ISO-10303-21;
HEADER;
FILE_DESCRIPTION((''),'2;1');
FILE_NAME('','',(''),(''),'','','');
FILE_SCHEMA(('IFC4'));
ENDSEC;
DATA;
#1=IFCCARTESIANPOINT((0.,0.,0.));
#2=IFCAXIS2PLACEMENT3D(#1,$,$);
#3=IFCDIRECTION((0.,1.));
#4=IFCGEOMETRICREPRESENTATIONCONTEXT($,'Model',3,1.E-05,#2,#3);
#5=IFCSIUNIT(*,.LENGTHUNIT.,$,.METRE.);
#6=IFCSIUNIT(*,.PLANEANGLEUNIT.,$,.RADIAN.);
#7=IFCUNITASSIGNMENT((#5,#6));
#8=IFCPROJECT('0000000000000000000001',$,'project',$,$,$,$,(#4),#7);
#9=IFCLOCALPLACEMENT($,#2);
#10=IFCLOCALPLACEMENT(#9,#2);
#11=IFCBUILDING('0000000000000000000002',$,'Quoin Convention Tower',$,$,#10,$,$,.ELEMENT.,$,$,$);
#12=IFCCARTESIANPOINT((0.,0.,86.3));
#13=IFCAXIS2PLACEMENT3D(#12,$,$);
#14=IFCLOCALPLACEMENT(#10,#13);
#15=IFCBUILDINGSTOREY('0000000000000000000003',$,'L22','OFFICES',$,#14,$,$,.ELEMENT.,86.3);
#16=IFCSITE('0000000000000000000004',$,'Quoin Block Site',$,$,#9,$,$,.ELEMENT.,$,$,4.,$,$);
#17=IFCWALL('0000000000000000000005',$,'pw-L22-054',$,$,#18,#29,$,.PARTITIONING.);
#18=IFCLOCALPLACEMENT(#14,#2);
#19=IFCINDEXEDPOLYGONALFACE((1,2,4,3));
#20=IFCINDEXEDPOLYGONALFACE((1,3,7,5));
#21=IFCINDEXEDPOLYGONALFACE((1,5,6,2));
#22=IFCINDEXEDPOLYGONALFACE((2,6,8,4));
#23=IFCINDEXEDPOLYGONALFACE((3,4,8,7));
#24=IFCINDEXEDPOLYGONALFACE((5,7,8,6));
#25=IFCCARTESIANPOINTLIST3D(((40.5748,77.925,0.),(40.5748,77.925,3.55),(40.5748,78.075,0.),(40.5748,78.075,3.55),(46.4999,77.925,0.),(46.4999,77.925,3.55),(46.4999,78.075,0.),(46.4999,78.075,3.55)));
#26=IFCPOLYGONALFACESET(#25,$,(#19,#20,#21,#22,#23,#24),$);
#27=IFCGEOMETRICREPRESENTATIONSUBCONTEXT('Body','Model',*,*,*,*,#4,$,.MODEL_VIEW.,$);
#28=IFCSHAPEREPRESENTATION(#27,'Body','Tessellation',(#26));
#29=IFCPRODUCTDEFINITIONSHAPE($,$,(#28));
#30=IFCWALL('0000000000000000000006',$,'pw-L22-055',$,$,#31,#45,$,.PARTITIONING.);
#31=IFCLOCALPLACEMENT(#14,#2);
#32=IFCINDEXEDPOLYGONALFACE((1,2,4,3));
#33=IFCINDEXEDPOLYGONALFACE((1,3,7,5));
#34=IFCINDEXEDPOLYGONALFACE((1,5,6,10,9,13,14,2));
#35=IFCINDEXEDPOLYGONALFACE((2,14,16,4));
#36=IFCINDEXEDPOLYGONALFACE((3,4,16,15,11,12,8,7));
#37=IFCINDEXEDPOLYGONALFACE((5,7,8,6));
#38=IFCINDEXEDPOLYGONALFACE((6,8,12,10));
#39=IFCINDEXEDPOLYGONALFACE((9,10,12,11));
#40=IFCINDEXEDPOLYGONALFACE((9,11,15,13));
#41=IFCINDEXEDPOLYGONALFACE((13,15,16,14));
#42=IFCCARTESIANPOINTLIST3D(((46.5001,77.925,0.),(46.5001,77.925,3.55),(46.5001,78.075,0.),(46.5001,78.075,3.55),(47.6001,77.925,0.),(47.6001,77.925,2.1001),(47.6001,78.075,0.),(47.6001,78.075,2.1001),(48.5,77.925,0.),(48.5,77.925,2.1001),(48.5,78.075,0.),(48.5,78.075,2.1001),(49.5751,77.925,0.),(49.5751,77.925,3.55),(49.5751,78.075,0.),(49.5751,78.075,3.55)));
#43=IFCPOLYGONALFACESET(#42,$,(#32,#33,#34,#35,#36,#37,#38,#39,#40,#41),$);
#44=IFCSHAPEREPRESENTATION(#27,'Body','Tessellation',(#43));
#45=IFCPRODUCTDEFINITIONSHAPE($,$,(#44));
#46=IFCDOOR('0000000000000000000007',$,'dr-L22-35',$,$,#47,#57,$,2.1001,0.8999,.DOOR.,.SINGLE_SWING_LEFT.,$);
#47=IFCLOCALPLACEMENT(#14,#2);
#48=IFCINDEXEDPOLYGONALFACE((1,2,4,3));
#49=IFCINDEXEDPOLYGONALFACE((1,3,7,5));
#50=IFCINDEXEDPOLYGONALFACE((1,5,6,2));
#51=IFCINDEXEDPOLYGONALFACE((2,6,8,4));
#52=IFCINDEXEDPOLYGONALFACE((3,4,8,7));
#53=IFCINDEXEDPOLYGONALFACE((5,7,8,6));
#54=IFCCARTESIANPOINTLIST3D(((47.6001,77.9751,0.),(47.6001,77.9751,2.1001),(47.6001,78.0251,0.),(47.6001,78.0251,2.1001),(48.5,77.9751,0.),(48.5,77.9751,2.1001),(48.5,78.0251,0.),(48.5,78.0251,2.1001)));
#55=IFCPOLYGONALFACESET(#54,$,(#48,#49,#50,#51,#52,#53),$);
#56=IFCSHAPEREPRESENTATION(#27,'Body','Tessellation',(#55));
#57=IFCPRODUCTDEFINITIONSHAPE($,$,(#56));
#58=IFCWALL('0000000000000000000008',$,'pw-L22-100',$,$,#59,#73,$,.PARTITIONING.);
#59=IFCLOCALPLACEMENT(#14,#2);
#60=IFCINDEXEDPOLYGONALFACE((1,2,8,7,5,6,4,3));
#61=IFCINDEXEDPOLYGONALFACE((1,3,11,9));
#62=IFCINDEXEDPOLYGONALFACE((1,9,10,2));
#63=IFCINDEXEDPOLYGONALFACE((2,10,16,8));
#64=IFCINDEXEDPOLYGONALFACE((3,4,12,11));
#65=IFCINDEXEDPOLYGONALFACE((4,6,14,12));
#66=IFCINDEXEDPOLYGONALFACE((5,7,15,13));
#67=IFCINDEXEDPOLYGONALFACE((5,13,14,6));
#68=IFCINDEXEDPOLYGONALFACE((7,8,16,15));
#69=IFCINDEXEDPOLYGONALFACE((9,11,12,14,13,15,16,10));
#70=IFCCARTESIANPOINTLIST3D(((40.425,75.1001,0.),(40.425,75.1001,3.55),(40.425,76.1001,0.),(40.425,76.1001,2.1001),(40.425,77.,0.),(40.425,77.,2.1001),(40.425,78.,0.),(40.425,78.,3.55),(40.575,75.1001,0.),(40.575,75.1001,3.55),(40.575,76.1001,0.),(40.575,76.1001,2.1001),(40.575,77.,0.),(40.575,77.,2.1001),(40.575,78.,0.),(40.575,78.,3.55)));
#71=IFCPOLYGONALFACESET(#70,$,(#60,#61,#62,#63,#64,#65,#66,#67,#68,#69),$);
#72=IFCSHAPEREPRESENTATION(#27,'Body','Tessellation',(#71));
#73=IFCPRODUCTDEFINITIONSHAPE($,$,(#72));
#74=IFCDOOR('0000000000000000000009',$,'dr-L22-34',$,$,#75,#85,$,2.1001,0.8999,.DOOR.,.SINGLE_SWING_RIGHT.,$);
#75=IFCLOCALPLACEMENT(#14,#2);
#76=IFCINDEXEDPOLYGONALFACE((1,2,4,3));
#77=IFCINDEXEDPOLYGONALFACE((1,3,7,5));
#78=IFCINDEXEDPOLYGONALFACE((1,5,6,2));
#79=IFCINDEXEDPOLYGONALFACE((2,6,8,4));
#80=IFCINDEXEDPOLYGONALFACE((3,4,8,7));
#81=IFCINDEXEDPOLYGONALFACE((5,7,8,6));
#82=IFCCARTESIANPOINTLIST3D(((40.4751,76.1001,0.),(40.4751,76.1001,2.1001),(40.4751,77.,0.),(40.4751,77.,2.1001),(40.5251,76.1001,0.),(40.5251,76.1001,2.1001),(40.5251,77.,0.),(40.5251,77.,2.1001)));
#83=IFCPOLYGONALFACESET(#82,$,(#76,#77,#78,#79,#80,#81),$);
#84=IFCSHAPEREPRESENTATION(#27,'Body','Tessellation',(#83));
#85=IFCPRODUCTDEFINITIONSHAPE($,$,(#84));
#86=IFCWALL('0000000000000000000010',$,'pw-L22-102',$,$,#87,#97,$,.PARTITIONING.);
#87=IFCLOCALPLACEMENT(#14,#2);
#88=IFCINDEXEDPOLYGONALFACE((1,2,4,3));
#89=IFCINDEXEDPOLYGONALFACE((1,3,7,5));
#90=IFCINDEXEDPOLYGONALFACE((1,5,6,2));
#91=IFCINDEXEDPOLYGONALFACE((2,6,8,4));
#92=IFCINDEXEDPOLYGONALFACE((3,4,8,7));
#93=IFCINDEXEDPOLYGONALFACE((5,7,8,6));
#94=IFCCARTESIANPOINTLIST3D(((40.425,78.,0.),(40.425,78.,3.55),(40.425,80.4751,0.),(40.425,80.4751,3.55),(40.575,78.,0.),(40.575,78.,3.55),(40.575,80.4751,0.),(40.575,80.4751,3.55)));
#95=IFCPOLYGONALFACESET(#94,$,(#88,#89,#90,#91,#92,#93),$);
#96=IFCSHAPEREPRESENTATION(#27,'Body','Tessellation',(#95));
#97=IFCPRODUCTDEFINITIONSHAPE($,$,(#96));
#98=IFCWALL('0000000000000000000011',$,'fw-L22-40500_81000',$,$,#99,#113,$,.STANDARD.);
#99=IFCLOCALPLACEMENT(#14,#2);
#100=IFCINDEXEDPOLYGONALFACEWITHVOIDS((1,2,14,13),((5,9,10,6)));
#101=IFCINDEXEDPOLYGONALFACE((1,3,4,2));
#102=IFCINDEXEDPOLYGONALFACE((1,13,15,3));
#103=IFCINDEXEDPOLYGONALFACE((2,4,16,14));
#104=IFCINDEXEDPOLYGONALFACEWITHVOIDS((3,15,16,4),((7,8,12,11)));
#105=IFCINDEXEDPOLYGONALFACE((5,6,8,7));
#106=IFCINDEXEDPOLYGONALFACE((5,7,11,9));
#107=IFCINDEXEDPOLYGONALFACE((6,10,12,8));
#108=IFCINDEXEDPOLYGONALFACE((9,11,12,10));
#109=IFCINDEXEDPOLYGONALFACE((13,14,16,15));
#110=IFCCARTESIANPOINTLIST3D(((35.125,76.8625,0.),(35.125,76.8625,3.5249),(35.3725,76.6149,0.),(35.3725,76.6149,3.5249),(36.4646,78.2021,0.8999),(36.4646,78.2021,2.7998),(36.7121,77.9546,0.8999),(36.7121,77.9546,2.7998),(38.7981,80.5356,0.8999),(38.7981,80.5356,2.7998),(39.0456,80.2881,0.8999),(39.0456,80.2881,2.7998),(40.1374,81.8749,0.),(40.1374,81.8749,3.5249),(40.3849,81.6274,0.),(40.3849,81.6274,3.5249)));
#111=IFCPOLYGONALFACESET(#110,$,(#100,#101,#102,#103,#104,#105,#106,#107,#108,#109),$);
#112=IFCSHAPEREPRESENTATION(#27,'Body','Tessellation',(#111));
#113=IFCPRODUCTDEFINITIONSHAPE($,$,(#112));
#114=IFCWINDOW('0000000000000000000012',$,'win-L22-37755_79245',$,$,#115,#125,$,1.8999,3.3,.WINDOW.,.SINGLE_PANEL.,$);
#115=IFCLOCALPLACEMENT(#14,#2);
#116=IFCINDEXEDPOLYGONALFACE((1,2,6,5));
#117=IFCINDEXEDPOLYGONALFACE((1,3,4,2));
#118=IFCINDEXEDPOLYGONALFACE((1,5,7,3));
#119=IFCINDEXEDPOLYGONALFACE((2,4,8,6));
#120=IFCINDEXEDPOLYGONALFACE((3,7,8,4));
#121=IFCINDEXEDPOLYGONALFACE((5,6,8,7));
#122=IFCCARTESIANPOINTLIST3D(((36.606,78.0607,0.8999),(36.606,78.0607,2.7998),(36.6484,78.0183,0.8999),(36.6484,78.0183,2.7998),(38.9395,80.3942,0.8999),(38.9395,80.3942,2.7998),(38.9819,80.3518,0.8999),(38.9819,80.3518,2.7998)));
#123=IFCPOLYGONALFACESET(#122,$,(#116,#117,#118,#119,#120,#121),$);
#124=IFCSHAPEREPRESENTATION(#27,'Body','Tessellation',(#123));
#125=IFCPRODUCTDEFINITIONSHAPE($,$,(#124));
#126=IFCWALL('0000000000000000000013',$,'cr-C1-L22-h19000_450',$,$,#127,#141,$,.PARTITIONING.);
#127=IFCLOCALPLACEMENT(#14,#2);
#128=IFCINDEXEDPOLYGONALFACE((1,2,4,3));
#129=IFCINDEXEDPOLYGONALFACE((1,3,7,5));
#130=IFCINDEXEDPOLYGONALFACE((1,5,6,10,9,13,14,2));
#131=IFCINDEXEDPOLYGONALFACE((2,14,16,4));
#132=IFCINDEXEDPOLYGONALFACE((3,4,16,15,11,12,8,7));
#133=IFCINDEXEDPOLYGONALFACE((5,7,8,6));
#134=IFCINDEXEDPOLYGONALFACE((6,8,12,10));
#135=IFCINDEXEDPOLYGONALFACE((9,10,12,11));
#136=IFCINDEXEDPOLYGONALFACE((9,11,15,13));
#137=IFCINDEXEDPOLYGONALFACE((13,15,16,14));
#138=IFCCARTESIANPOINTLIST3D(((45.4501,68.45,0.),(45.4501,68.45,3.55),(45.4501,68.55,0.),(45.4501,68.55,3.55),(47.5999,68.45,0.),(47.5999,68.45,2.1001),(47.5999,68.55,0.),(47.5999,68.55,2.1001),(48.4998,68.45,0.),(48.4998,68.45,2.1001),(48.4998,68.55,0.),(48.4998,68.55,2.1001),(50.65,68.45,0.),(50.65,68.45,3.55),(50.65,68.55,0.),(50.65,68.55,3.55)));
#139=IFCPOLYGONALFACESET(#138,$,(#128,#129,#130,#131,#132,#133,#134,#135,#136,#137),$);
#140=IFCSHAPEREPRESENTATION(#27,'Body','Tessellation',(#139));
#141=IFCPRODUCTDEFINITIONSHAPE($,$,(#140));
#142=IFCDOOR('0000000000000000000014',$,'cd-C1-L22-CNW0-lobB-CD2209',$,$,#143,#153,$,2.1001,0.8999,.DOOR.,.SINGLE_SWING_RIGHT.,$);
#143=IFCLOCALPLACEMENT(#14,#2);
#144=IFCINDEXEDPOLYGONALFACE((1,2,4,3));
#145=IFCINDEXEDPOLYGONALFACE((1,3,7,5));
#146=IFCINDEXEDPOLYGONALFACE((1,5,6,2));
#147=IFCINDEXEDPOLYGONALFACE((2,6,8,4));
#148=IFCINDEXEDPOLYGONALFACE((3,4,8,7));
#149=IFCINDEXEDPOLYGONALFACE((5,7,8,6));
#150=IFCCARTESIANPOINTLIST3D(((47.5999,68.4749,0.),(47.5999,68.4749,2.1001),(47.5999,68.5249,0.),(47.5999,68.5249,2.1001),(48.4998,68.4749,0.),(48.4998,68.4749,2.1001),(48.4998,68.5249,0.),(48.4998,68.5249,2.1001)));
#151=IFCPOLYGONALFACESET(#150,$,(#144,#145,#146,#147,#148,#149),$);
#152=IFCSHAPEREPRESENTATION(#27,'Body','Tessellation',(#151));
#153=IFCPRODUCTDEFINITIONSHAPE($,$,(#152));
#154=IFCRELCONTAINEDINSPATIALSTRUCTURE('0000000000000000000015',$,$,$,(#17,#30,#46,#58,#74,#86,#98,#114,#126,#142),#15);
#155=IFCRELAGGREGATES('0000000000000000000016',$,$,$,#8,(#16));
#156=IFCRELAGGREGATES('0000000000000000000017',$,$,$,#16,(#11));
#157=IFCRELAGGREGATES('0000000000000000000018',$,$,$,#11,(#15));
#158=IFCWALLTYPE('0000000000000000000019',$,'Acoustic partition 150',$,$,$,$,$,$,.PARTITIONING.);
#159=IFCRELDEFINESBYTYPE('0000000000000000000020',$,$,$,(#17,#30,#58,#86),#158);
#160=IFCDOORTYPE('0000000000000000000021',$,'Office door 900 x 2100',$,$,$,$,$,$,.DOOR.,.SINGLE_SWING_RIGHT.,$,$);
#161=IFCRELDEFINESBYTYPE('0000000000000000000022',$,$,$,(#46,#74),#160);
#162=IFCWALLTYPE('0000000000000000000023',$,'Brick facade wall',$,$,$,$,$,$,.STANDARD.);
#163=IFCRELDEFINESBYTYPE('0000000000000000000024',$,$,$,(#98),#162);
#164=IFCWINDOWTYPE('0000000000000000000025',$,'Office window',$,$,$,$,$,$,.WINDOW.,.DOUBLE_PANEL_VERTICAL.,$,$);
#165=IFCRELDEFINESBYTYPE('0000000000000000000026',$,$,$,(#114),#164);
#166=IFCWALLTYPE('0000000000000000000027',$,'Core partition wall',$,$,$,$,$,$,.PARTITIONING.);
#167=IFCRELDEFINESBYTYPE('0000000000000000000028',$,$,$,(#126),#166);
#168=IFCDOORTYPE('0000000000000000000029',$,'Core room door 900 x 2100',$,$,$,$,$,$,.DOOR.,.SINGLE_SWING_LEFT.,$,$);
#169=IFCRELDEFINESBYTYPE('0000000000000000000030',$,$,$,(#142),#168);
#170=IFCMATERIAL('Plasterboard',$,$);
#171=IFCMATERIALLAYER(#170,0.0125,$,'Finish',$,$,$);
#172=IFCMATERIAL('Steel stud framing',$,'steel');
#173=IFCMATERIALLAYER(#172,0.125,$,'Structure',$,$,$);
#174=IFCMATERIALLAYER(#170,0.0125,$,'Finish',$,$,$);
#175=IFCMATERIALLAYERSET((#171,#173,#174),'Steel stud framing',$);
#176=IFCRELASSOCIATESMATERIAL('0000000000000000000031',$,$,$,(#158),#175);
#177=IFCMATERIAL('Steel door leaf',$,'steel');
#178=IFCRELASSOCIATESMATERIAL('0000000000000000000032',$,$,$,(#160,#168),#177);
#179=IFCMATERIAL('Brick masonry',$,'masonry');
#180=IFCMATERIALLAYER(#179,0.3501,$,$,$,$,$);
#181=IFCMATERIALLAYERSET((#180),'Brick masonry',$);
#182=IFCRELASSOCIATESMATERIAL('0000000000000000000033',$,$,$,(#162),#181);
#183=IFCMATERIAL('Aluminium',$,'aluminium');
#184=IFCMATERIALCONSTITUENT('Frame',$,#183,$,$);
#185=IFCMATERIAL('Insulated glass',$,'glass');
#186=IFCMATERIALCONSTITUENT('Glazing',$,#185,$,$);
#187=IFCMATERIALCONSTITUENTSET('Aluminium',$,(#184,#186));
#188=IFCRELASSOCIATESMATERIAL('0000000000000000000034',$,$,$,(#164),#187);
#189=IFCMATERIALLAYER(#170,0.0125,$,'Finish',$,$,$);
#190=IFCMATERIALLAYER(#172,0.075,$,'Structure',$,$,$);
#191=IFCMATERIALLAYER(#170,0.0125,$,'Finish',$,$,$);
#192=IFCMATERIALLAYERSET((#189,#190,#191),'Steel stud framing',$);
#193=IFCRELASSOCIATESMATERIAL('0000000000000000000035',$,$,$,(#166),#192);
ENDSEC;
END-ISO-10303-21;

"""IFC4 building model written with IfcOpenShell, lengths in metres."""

from ifc_helpers import new_model, si_unit, direction, frame, frame_2d, origin, place, context, subcontext, project, spatial, rectangle, extrude, material, layer, layer_set, constituent, constituent_set, type_object, element, fill, save


model = new_model("IFC4")

# Units and contexts
model_context = context("Model", 3, precision=1e-05, world=origin(), true_north=direction((0.0, 1.0)))
body_context = subcontext(model_context, "Body", "Model", "MODEL_VIEW")
ifc_project = project(units=[si_unit("LENGTHUNIT", "METRE"), si_unit("PLANEANGLEUNIT", "RADIAN")], contexts=[model_context])

# Site, building, storey
site_placement = place(None, origin())
site = spatial("IfcSite", under=ifc_project, at=site_placement, Name="Quoin Block Site", CompositionType="ELEMENT", RefElevation=4.0)
building_placement = place(site_placement, origin())
building = spatial("IfcBuilding", under=site, at=building_placement, Name="Quoin Convention Tower", CompositionType="ELEMENT")
storey_placement = place(building_placement, frame((0.0, 0.0, 86.3)))
storey = spatial("IfcBuildingStorey", under=building, at=storey_placement, Name="L22", Description="OFFICES", CompositionType="ELEMENT", Elevation=86.3)

# Wall
ifc_material_1 = material(Name="Plasterboard")
ifc_layer_1 = layer(ifc_material_1, 0.0125, Name="Finish")
ifc_material_2 = material(Name="Steel stud framing", Category="steel")
ifc_layer_2 = layer(ifc_material_2, 0.125, Name="Structure")
ifc_layer_3 = layer(ifc_material_1, 0.0125, Name="Finish")
ifc_layer_set_1 = layer_set([ifc_layer_1, ifc_layer_2, ifc_layer_3], Name="Steel stud framing")
wall_type_1 = type_object("IfcWallType", Name="Acoustic partition 150", PredefinedType="PARTITIONING", material=ifc_layer_set_1)
wall_1_placement = place(storey_placement, frame((40.575, 78.0, 0.0), z_axis=(0.0, 0.0, 1.0), x_axis=(1.0, 0.0, 0.0)))
element("IfcWall", 1, at=wall_1_placement, inside=storey, type_object=wall_type_1, Name="pw-L22-054", PredefinedType="PARTITIONING", context=body_context, shape_type="SweptSolid", body=[
    extrude(rectangle(XDim=5.925, YDim=0.1499, at=frame_2d((2.9624, 0.0))), origin(), (0.0, 0.0, 1.0), 3.55),
])

# Walls, openings, doors
wall_2_placement = place(storey_placement, frame((46.5, 78.0, 0.0), z_axis=(0.0, 0.0, 1.0), x_axis=(1.0, 0.0, 0.0)))
wall_2 = element("IfcWall", 2, at=wall_2_placement, inside=storey, type_object=wall_type_1, Name="pw-L22-055", PredefinedType="PARTITIONING", context=body_context, shape_type="SweptSolid", body=[
    extrude(rectangle(XDim=3.075, YDim=0.1499, at=frame_2d((1.5376, 0.0))), origin(), (0.0, 0.0, 1.0), 3.55),
])
opening_1_placement = place(wall_2_placement, frame((1.1001, 0.0, 0.0)))
opening_1 = element("IfcOpeningElement", 3, at=opening_1_placement, cuts=wall_2, PredefinedType="OPENING", context=body_context, shape_type="SweptSolid", body=[
    extrude(rectangle(XDim=0.8999, YDim=2.1001, at=frame_2d((0.45, 1.05))), frame((0.0, 0.085, 0.0), z_axis=(0.0, -1.0, 0.0), x_axis=(1.0, 0.0, 0.0)), (0.0, 0.0, 1.0), 0.1699),
])
ifc_material_3 = material(Name="Steel door leaf", Category="steel")
door_type_1 = type_object("IfcDoorType", Name="Office door 900 x 2100", OperationType="SINGLE_SWING_RIGHT", PredefinedType="DOOR", material=ifc_material_3)
door_1_placement = place(opening_1_placement, frame((0.8999, 0.0, 0.0), z_axis=(0.0, 0.0, 1.0), x_axis=(-1.0, 0.0, 0.0)))
door_1 = element("IfcDoor", 4, at=door_1_placement, inside=storey, type_object=door_type_1, Name="dr-L22-35", OperationType="SINGLE_SWING_LEFT", OverallHeight=2.1001, OverallWidth=0.8999, PredefinedType="DOOR", context=body_context, shape_type="SweptSolid", body=[
    extrude(rectangle(XDim=0.8999, YDim=2.1001, at=frame_2d((0.45, 1.05))), frame((0.0, 0.0249, 0.0), z_axis=(0.0, -1.0, 0.0), x_axis=(1.0, 0.0, 0.0)), (0.0, 0.0, 1.0), 0.05),
])
fill(opening_1, door_1)
wall_3_placement = place(storey_placement, frame((40.5, 75.1001, 0.0), z_axis=(0.0, 0.0, 1.0), x_axis=(0.0, 1.0, 0.0)))
wall_3 = element("IfcWall", 5, at=wall_3_placement, inside=storey, type_object=wall_type_1, Name="pw-L22-100", PredefinedType="PARTITIONING", context=body_context, shape_type="SweptSolid", body=[
    extrude(rectangle(XDim=2.8999, YDim=0.1499, at=frame_2d((1.45, 0.0))), origin(), (0.0, 0.0, 1.0), 3.55),
])
opening_2_placement = place(wall_3_placement, frame((1.0, 0.0, 0.0)))
opening_2 = element("IfcOpeningElement", 6, at=opening_2_placement, cuts=wall_3, PredefinedType="OPENING", context=body_context, shape_type="SweptSolid", body=[
    extrude(rectangle(XDim=0.8999, YDim=2.1001, at=frame_2d((0.45, 1.05))), frame((0.0, 0.085, 0.0), z_axis=(0.0, -1.0, 0.0), x_axis=(1.0, 0.0, 0.0)), (0.0, 0.0, 1.0), 0.1699),
])
door_2_placement = place(opening_2_placement, origin())
door_2 = element("IfcDoor", 7, at=door_2_placement, inside=storey, type_object=door_type_1, Name="dr-L22-34", OperationType="SINGLE_SWING_RIGHT", OverallHeight=2.1001, OverallWidth=0.8999, PredefinedType="DOOR", context=body_context, shape_type="SweptSolid", body=[
    extrude(rectangle(XDim=0.8999, YDim=2.1001, at=frame_2d((0.45, 1.05))), frame((0.0, 0.0249, 0.0), z_axis=(0.0, -1.0, 0.0), x_axis=(1.0, 0.0, 0.0)), (0.0, 0.0, 1.0), 0.05),
])
fill(opening_2, door_2)

# Wall
wall_4_placement = place(storey_placement, frame((40.5, 78.0, 0.0), z_axis=(0.0, 0.0, 1.0), x_axis=(0.0, 1.0, 0.0)))
element("IfcWall", 8, at=wall_4_placement, inside=storey, type_object=wall_type_1, Name="pw-L22-102", PredefinedType="PARTITIONING", context=body_context, shape_type="SweptSolid", body=[
    extrude(rectangle(XDim=2.4751, YDim=0.1499, at=frame_2d((1.2375, 0.0))), origin(), (0.0, 0.0, 1.0), 3.55),
])

# Wall, opening, window
ifc_material_4 = material(Name="Brick masonry", Category="masonry")
ifc_layer_4 = layer(ifc_material_4, 0.3501)
ifc_layer_set_2 = layer_set([ifc_layer_4], Name="Brick masonry")
wall_type_2 = type_object("IfcWallType", Name="Brick facade wall", PredefinedType="STANDARD", material=ifc_layer_set_2)
wall_5_placement = place(storey_placement, frame((40.2612, 81.7512, 0.0), z_axis=(0.0, 0.0, 1.0), x_axis=(-0.707107, -0.707107, 0.0)))
wall_5 = element("IfcWall", 9, at=wall_5_placement, inside=storey, type_object=wall_type_2, Name="fw-L22-40500_81000", PredefinedType="STANDARD", context=body_context, shape_type="SweptSolid", body=[
    extrude(rectangle(XDim=7.0886, YDim=0.3501, at=frame_2d((3.5444, 0.0))), origin(), (0.0, 0.0, 1.0), 3.5249),
])
opening_3_placement = place(wall_5_placement, frame((1.8943, 0.0, 0.8999)))
opening_3 = element("IfcOpeningElement", 10, at=opening_3_placement, cuts=wall_5, PredefinedType="OPENING", context=body_context, shape_type="SweptSolid", body=[
    extrude(rectangle(XDim=3.3, YDim=1.8999, at=frame_2d((1.6499, 0.95))), frame((0.0, 0.1851, 0.0), z_axis=(0.0, -1.0, 0.0), x_axis=(1.0, 0.0, 0.0)), (0.0, 0.0, 1.0), 0.3701),
])
ifc_material_5 = material(Name="Aluminium", Category="aluminium")
ifc_constituent_1 = constituent(ifc_material_5, Name="Frame")
ifc_material_6 = material(Name="Insulated glass", Category="glass")
ifc_constituent_2 = constituent(ifc_material_6, Name="Glazing")
ifc_constituent_set = constituent_set(constituents=[ifc_constituent_1, ifc_constituent_2], Name="Aluminium")
window_type = type_object("IfcWindowType", Name="Office window", PartitioningType="DOUBLE_PANEL_VERTICAL", PredefinedType="WINDOW", material=ifc_constituent_set)
window_placement = place(opening_3_placement, origin())
window = element("IfcWindow", 11, at=window_placement, inside=storey, type_object=window_type, Name="win-L22-37755_79245", OverallHeight=1.8999, OverallWidth=3.3, PartitioningType="SINGLE_PANEL", PredefinedType="WINDOW", context=body_context, shape_type="SweptSolid", body=[
    extrude(rectangle(XDim=3.3, YDim=1.8999, at=frame_2d((1.6499, 0.95))), frame((0.0, 0.085, 0.0), z_axis=(0.0, -1.0, 0.0), x_axis=(1.0, 0.0, 0.0)), (0.0, 0.0, 1.0), 0.0601),
])
fill(opening_3, window)

# Wall, opening, door
ifc_layer_5 = layer(ifc_material_1, 0.0125, Name="Finish")
ifc_layer_6 = layer(ifc_material_2, 0.075, Name="Structure")
ifc_layer_7 = layer(ifc_material_1, 0.0125, Name="Finish")
ifc_layer_set_3 = layer_set([ifc_layer_5, ifc_layer_6, ifc_layer_7], Name="Steel stud framing")
wall_type_3 = type_object("IfcWallType", Name="Core partition wall", PredefinedType="PARTITIONING", material=ifc_layer_set_3)
wall_6_placement = place(storey_placement, frame((45.45, 68.5, 0.0), z_axis=(0.0, 0.0, 1.0), x_axis=(1.0, 0.0, 0.0)))
wall_6 = element("IfcWall", 12, at=wall_6_placement, inside=storey, type_object=wall_type_3, Name="cr-C1-L22-h19000_450", PredefinedType="PARTITIONING", context=body_context, shape_type="SweptSolid", body=[
    extrude(rectangle(XDim=5.2, YDim=0.1001, at=frame_2d((2.6001, 0.0))), origin(), (0.0, 0.0, 1.0), 3.55),
])
opening_4_placement = place(wall_6_placement, frame((2.1499, 0.0, 0.0)))
opening_4 = element("IfcOpeningElement", 13, at=opening_4_placement, cuts=wall_6, PredefinedType="OPENING", context=body_context, shape_type="SweptSolid", body=[
    extrude(rectangle(XDim=0.8999, YDim=2.1001, at=frame_2d((0.45, 1.05))), frame((0.0, 0.0601, 0.0), z_axis=(0.0, -1.0, 0.0), x_axis=(1.0, 0.0, 0.0)), (0.0, 0.0, 1.0), 0.1201),
])
door_type_2 = type_object("IfcDoorType", Name="Core room door 900 x 2100", OperationType="SINGLE_SWING_LEFT", PredefinedType="DOOR", material=ifc_material_3)
door_3_placement = place(opening_4_placement, origin())
door_3 = element("IfcDoor", 14, at=door_3_placement, inside=storey, type_object=door_type_2, Name="cd-C1-L22-CNW0-lobB-CD2209", OperationType="SINGLE_SWING_RIGHT", OverallHeight=2.1001, OverallWidth=0.8999, PredefinedType="DOOR", context=body_context, shape_type="SweptSolid", body=[
    extrude(rectangle(XDim=0.8999, YDim=2.1001, at=frame_2d((0.45, 1.05))), frame((0.0, 0.0249, 0.0), z_axis=(0.0, -1.0, 0.0), x_axis=(1.0, 0.0, 0.0)), (0.0, 0.0, 1.0), 0.05),
])
fill(opening_4, door_3)

save(model, "model.ifc")
